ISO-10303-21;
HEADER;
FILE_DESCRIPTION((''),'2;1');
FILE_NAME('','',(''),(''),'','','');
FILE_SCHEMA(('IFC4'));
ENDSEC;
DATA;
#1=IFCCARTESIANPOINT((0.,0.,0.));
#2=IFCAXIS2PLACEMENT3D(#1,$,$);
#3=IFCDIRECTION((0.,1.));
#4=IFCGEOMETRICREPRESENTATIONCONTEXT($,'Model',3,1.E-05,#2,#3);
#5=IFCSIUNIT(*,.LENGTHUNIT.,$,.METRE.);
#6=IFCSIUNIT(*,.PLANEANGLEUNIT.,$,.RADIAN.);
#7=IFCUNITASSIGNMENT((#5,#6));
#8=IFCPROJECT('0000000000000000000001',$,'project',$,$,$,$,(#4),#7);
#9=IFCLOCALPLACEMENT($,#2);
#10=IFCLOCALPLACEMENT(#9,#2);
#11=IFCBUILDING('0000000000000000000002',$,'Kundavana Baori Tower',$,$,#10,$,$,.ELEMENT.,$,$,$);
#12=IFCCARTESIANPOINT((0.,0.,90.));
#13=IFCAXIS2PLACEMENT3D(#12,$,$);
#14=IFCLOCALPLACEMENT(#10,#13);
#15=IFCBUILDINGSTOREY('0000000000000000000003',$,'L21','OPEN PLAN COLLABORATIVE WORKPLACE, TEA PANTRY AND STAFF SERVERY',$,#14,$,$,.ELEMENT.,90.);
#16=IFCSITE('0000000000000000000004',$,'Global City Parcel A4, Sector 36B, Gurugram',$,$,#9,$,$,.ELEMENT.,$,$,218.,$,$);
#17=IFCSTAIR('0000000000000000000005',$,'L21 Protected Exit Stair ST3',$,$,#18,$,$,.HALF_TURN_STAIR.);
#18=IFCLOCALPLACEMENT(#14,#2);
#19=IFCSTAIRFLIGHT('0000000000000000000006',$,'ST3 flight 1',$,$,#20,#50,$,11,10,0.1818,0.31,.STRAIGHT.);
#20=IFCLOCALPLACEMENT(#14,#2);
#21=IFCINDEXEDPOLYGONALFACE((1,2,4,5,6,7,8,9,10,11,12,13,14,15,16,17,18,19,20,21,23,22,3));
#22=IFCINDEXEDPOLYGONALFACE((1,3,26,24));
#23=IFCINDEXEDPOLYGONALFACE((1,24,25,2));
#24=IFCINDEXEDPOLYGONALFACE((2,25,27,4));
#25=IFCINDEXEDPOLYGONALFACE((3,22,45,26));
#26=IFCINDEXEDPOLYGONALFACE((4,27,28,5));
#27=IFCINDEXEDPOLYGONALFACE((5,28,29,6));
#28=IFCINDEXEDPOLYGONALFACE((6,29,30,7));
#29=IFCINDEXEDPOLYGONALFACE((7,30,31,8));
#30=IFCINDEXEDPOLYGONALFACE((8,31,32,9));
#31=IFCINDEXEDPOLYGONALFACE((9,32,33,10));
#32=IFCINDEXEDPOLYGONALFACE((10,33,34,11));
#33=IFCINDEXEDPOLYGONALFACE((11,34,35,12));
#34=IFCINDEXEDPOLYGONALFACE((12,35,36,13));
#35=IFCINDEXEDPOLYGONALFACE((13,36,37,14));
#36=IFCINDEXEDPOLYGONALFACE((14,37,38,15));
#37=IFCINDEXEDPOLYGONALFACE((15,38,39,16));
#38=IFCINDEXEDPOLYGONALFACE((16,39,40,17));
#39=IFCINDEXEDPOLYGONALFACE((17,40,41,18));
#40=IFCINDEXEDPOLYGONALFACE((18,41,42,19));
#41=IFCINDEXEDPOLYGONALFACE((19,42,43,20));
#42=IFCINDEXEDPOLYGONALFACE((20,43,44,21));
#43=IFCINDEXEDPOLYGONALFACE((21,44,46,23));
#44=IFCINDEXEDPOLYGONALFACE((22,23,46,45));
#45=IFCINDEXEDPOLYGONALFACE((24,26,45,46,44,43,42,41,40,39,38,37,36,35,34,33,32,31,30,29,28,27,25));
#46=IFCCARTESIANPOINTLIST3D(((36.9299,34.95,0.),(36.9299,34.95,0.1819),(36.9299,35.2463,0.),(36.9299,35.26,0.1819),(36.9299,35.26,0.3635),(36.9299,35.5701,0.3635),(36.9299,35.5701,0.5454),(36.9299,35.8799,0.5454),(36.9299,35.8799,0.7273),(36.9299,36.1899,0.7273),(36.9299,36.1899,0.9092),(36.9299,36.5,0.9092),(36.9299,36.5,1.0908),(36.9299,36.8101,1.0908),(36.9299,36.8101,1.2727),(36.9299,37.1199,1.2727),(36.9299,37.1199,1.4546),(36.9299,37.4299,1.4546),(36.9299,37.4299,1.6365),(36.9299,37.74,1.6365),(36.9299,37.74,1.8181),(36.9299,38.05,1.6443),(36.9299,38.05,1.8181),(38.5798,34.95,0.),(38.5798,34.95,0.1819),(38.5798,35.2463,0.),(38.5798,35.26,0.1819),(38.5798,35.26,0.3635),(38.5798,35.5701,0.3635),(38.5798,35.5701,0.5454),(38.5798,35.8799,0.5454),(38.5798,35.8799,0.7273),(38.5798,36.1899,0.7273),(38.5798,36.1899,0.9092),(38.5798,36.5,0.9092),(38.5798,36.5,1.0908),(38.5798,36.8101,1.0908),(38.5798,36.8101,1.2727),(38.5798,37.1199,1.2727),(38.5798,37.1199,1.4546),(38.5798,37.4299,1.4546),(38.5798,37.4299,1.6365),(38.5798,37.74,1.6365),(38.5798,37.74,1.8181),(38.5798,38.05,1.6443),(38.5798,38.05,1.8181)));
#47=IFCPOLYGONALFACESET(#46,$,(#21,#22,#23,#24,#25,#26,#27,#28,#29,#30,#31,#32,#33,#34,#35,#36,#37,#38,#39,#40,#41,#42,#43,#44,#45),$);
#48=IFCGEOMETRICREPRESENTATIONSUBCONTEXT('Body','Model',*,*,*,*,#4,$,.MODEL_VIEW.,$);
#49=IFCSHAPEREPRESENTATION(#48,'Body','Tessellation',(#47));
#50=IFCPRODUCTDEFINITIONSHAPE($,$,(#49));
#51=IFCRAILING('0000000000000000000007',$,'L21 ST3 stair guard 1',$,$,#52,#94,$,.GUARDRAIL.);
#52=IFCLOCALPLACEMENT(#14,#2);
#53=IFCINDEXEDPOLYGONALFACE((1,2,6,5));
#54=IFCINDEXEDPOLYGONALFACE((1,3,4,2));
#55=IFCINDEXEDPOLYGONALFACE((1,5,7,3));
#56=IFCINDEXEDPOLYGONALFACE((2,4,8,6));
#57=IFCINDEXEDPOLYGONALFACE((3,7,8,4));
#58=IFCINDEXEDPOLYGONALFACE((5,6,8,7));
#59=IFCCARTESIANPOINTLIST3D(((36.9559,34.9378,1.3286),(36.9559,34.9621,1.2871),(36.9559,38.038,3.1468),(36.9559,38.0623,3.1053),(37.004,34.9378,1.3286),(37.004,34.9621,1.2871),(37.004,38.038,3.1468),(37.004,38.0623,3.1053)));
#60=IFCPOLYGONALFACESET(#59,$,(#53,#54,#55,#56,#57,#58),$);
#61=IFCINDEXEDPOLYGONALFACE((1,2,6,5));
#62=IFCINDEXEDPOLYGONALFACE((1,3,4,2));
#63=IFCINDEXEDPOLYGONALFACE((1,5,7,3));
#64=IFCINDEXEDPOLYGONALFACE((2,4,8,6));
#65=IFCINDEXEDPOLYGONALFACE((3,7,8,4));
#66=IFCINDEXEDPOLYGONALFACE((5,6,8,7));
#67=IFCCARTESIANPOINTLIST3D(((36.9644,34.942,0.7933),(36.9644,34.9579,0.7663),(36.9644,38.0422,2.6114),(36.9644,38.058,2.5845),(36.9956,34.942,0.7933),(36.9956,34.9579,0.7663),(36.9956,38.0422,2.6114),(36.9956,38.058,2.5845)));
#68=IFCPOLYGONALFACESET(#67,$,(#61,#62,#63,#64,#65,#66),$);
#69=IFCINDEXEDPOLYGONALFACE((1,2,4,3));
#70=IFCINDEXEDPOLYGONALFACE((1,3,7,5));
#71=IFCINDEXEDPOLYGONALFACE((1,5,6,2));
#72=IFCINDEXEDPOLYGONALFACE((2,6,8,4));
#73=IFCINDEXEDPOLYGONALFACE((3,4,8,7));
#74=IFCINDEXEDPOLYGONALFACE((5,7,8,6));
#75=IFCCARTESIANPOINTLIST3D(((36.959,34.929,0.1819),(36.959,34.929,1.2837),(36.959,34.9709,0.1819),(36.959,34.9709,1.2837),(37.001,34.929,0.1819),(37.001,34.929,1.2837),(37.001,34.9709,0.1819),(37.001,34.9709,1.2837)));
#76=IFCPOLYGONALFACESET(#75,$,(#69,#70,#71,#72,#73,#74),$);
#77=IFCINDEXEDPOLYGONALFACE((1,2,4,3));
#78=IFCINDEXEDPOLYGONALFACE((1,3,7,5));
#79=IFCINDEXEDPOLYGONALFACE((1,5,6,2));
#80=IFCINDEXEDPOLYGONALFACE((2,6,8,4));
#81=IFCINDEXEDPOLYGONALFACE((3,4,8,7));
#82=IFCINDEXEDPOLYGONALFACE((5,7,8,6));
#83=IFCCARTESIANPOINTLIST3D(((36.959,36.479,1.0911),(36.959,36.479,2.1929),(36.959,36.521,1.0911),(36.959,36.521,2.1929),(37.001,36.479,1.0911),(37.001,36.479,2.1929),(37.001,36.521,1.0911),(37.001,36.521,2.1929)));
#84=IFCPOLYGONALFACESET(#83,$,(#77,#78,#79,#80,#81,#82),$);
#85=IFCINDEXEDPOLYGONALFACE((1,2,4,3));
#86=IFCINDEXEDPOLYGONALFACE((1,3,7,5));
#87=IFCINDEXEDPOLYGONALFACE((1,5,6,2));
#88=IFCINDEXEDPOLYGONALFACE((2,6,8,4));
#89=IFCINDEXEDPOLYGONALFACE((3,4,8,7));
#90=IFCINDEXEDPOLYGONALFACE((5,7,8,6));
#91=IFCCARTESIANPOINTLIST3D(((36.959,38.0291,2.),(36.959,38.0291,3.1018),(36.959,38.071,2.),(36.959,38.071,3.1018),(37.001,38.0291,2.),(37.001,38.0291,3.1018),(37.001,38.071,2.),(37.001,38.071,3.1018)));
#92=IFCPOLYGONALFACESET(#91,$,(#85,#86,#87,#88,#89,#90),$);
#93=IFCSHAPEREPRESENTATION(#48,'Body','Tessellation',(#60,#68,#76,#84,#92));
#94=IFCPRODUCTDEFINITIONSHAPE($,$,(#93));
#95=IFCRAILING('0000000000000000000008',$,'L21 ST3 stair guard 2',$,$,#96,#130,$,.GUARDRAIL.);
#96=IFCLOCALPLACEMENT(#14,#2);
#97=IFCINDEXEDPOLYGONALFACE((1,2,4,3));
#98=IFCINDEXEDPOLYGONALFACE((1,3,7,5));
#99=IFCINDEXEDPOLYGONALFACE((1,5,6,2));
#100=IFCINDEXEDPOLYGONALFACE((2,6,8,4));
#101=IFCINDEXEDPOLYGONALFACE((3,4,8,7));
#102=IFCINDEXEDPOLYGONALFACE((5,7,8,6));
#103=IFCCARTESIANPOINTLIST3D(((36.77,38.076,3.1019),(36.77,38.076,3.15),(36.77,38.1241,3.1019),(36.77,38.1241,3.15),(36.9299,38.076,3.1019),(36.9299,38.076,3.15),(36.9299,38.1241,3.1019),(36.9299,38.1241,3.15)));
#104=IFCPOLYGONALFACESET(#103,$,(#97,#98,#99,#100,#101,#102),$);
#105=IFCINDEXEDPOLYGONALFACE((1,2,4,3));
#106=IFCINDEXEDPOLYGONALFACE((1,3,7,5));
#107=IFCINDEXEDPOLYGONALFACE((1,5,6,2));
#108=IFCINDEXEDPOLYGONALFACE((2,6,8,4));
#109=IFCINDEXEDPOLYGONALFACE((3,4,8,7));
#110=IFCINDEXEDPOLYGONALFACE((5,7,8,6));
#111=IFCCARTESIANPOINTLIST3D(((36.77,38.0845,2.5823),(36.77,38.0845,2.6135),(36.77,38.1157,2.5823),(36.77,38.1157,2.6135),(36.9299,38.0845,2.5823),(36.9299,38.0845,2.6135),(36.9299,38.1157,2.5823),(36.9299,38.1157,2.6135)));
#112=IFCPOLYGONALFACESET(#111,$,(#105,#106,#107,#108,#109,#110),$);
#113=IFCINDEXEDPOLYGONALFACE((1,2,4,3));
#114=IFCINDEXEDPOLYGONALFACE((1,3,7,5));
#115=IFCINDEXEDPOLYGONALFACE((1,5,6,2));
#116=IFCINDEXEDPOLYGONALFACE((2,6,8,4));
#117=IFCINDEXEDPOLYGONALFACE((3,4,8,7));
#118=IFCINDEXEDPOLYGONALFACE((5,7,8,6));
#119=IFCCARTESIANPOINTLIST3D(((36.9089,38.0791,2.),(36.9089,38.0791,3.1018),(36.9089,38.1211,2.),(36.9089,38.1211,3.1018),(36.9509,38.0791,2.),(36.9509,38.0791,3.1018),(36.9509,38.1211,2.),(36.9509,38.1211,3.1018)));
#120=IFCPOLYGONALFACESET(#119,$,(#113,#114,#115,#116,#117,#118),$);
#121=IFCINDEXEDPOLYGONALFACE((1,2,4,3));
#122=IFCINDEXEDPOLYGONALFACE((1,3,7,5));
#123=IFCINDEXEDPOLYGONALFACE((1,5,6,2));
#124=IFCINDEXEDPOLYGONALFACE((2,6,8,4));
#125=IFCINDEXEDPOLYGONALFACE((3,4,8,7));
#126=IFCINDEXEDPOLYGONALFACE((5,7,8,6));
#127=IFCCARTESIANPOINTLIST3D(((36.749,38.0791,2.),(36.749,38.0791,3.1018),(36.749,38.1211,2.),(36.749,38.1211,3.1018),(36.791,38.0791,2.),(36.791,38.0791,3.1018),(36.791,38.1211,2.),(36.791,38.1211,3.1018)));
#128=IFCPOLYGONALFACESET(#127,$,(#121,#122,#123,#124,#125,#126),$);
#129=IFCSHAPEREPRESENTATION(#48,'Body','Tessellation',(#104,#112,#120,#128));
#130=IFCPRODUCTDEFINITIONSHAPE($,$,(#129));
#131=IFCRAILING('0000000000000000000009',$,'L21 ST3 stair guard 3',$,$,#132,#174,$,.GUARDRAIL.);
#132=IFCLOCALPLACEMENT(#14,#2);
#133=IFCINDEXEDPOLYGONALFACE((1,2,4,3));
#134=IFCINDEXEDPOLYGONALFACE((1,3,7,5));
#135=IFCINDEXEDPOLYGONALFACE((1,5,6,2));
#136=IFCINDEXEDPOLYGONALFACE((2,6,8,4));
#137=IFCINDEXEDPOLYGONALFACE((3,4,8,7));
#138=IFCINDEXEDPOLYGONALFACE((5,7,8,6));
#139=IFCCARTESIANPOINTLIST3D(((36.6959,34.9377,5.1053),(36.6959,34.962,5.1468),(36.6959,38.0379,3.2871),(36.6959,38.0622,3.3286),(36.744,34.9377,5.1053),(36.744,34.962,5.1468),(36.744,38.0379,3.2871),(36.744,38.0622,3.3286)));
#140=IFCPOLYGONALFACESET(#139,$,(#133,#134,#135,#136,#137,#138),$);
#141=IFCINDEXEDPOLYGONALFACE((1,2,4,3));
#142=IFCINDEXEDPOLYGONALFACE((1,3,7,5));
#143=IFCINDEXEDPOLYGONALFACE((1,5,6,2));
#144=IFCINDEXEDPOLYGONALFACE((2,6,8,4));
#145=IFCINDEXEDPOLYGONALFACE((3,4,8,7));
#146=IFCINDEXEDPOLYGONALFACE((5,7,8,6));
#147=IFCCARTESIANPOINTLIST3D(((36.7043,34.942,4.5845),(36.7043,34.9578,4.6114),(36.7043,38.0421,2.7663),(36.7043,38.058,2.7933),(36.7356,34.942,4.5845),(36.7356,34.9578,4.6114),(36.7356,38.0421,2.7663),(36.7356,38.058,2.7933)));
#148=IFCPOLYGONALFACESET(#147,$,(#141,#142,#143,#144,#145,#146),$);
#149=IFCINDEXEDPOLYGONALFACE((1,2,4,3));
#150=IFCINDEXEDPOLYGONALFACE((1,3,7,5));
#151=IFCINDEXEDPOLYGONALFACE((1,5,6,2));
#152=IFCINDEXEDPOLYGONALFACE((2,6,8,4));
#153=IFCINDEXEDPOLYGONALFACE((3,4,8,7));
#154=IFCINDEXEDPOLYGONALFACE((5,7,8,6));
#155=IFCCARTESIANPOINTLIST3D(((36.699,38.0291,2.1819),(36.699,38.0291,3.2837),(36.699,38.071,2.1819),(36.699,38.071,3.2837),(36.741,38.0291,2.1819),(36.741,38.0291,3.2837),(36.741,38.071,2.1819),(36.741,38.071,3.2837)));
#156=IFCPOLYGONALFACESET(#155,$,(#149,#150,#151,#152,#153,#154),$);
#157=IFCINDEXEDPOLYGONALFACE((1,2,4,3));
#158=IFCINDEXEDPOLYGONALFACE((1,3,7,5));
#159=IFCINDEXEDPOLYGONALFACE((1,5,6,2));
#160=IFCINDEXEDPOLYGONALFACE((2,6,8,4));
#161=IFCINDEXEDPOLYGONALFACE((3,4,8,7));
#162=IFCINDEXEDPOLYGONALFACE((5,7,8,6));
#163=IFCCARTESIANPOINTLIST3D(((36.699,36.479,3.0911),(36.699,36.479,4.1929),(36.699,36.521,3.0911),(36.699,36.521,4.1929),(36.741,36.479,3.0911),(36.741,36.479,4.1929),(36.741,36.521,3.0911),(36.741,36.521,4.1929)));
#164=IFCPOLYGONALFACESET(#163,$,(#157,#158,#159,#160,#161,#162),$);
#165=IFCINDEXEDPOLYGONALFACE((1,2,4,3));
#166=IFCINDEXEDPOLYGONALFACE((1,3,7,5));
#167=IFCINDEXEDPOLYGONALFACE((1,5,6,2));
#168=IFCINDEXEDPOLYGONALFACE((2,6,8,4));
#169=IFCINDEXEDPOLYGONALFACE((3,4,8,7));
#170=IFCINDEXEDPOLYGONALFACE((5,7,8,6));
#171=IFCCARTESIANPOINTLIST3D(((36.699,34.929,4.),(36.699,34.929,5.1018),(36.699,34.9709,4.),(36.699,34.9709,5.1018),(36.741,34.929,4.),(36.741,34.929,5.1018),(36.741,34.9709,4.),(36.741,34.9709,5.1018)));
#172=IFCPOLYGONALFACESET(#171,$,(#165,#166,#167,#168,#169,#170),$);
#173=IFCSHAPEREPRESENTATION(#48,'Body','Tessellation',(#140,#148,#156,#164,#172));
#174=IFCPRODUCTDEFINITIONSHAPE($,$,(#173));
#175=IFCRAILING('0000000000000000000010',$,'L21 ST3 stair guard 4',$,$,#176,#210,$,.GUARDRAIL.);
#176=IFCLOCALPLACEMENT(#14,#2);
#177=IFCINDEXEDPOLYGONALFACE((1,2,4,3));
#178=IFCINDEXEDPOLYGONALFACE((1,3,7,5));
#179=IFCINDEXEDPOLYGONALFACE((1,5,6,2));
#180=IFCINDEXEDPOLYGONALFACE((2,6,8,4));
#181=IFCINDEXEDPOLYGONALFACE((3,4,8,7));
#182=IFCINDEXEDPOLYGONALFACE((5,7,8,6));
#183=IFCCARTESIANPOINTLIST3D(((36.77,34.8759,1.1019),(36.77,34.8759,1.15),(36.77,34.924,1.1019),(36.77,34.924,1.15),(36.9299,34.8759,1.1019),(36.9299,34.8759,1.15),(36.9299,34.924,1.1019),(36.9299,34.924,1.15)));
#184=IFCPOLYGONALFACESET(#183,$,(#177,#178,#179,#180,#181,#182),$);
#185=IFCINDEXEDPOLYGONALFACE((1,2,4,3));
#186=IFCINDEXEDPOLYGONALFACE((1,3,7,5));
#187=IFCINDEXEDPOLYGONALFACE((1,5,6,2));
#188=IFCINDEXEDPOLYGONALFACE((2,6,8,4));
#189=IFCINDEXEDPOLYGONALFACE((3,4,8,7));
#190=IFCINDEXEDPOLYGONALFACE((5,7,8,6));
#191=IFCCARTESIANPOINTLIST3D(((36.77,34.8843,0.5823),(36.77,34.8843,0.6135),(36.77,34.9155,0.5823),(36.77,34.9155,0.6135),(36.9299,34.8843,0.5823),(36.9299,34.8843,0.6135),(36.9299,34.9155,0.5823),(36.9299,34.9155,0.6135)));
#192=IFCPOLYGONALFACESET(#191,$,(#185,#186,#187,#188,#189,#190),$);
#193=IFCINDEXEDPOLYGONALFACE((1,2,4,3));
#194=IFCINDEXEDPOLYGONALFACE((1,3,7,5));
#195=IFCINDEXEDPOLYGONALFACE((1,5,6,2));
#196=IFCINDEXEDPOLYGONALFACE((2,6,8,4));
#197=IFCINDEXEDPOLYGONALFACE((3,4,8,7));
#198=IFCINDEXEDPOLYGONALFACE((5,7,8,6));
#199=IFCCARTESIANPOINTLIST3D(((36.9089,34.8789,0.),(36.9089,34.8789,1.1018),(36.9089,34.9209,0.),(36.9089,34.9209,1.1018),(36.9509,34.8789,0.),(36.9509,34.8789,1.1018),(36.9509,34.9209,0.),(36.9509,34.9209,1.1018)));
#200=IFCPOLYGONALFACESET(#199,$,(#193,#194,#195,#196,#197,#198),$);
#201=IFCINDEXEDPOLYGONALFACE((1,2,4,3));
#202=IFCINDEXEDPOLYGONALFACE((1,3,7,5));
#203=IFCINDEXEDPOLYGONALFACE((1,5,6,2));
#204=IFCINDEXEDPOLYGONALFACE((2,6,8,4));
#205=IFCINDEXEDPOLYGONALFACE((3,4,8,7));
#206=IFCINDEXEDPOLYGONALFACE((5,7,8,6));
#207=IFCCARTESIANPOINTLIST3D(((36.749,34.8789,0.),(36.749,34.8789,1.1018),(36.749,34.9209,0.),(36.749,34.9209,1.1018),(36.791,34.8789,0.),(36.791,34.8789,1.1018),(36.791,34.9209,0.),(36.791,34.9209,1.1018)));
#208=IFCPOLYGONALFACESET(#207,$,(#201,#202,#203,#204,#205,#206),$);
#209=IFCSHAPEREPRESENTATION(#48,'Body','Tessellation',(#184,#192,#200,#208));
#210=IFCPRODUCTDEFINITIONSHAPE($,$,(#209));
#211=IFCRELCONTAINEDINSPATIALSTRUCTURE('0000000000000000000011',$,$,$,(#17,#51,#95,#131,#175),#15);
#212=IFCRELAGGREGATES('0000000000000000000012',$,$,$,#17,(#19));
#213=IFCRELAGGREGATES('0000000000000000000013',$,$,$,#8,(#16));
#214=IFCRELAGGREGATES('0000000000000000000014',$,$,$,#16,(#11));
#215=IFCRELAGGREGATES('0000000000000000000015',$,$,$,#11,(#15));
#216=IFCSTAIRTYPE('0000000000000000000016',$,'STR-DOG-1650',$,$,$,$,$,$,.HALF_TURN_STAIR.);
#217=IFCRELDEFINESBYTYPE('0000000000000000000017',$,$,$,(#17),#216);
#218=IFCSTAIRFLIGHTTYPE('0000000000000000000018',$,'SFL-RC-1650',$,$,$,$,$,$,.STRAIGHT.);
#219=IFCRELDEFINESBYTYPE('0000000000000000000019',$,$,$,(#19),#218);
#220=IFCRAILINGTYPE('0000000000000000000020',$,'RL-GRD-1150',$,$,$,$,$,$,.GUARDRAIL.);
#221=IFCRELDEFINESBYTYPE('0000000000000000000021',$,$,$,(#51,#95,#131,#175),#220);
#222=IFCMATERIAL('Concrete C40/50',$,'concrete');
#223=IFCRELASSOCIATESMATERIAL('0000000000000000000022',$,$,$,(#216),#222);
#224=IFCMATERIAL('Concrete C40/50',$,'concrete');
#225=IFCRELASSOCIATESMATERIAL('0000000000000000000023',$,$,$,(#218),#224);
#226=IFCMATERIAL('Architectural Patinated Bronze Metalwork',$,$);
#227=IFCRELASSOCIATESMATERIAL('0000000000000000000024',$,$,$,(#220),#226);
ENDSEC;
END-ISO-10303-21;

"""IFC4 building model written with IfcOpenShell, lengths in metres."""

from ifc_helpers import new_model, si_unit, direction, frame, origin, origin_2d, place, context, subcontext, project, spatial, polyline, rectangle, outline, extrude, material, type_object, element, aggregate, save


model = new_model("IFC4")

# Units and contexts
model_context = context("Model", 3, precision=1e-05, world=origin(), true_north=direction((0.0, 1.0)))
body_context = subcontext(model_context, "Body", "Model", "MODEL_VIEW")
ifc_project = project(units=[si_unit("LENGTHUNIT", "METRE"), si_unit("PLANEANGLEUNIT", "RADIAN")], contexts=[model_context])

# Site, building, storey
site_placement = place(None, origin())
site = spatial("IfcSite", under=ifc_project, at=site_placement, Name="Global City Parcel A4, Sector 36B, Gurugram", CompositionType="ELEMENT", RefElevation=218.0)
building_placement = place(site_placement, origin())
building = spatial("IfcBuilding", under=site, at=building_placement, Name="Kundavana Baori Tower", CompositionType="ELEMENT")
storey_placement = place(building_placement, frame((0.0, 0.0, 90.0)))
storey = spatial("IfcBuildingStorey", under=building, at=storey_placement, Name="L21", Description="OPEN PLAN COLLABORATIVE WORKPLACE, TEA PANTRY AND STAFF SERVERY", CompositionType="ELEMENT", Elevation=90.0)

# Stair, stair flight
ifc_material_1 = material(Name="Concrete C40/50", Category="concrete")
stair_type = type_object("IfcStairType", Name="STR-DOG-1650", PredefinedType="HALF_TURN_STAIR", material=ifc_material_1)
stair_placement = place(storey_placement, origin())
stair = element("IfcStair", 1, at=stair_placement, inside=storey, type_object=stair_type, Name="L21 Protected Exit Stair ST3", PredefinedType="HALF_TURN_STAIR")
ifc_material_2 = material(Name="Concrete C40/50", Category="concrete")
stair_flight_type = type_object("IfcStairFlightType", Name="SFL-RC-1650", PredefinedType="STRAIGHT", material=ifc_material_2)
stair_flight_placement = place(storey_placement, frame((37.7549, 34.95, 0.0), z_axis=(0.0, 0.0, 1.0), x_axis=(0.0, 1.0, 0.0)))
stair_flight = element("IfcStairFlight", 2, at=stair_flight_placement, type_object=stair_flight_type, Name="ST3 flight 1", NumberOfRisers=11, NumberOfTreads=10, PredefinedType="STRAIGHT", RiserHeight=0.1818, TreadLength=0.31, context=body_context, shape_type="SweptSolid", body=[
    extrude(outline(polyline([(0.0, 0.0), (0.0, 0.1819), (0.3101, 0.1819), (0.3101, 0.3635), (0.6201, 0.3635), (0.6201, 0.5454), (0.9299, 0.5454), (0.9299, 0.7273), (1.24, 0.7273), (1.24, 0.9092), (1.55, 0.9092), (1.55, 1.0908), (1.8601, 1.0908), (1.8601, 1.2727), (2.1699, 1.2727), (2.1699, 1.4546), (2.48, 1.4546), (2.48, 1.6365), (2.79, 1.6365), (2.79, 1.8181), (3.1001, 1.8181), (3.1001, 2.0), (3.1001, 1.6443), (0.2964, 0.0), (0.0, 0.0)])), frame((0.0, 0.825, 0.0), z_axis=(0.0, -1.0, 0.0), x_axis=(1.0, 0.0, 0.0)), (0.0, 0.0, 1.0), 1.6499),
])
aggregate(stair, [stair_flight])

# Railings
ifc_material_3 = material(Name="Architectural Patinated Bronze Metalwork")
railing_type_1 = type_object("IfcRailingType", Name="RL-GRD-1150", PredefinedType="GUARDRAIL", material=ifc_material_3)
railing_1_placement = place(storey_placement, frame((36.98, 34.95, 0.1819)))
element("IfcRailing", 3, at=railing_1_placement, inside=storey, type_object=railing_type_1, Name="L21 ST3 stair guard 1", PredefinedType="GUARDRAIL", context=body_context, shape_type="SweptSolid", body=[
    extrude(rectangle(XDim=0.0481, YDim=0.0481, at=origin_2d()), frame((0.0, 0.0, 1.126), z_axis=(0.0, 0.862599, 0.505889), x_axis=(-1.0, 0.0, 0.0)), (0.0, 0.0, 1.0), 3.594),
    extrude(rectangle(XDim=0.0312, YDim=0.0312, at=origin_2d()), frame((0.0, 0.0, 0.5979), z_axis=(0.0, 0.862599, 0.505889), x_axis=(-1.0, 0.0, 0.0)), (0.0, 0.0, 1.0), 3.594),
    extrude(rectangle(XDim=0.042, YDim=0.042, at=origin_2d()), origin(), (0.0, 0.0, 1.0), 1.1018),
    extrude(rectangle(XDim=0.042, YDim=0.042, at=origin_2d()), frame((0.0, 1.55, 0.9092)), (0.0, 0.0, 1.0), 1.1018),
    extrude(rectangle(XDim=0.042, YDim=0.042, at=origin_2d()), frame((0.0, 3.1001, 1.8181)), (0.0, 0.0, 1.0), 1.1018),
])
railing_2_placement = place(storey_placement, frame((36.9299, 38.1001, 2.0)))
element("IfcRailing", 4, at=railing_2_placement, inside=storey, type_object=railing_type_1, Name="L21 ST3 stair guard 2", PredefinedType="GUARDRAIL", context=body_context, shape_type="SweptSolid", body=[
    extrude(rectangle(XDim=0.0481, YDim=0.0481, at=origin_2d()), frame((0.0, 0.0, 1.126), z_axis=(-1.0, 0.0, 0.0), x_axis=(0.0, -1.0, 0.0)), (0.0, 0.0, 1.0), 0.1599),
    extrude(rectangle(XDim=0.0312, YDim=0.0312, at=origin_2d()), frame((0.0, 0.0, 0.5979), z_axis=(-1.0, 0.0, 0.0), x_axis=(0.0, -1.0, 0.0)), (0.0, 0.0, 1.0), 0.1599),
    extrude(rectangle(XDim=0.042, YDim=0.042, at=origin_2d()), origin(), (0.0, 0.0, 1.0), 1.1018),
    extrude(rectangle(XDim=0.042, YDim=0.042, at=origin_2d()), frame((-0.1599, 0.0, 0.0)), (0.0, 0.0, 1.0), 1.1018),
])
railing_3_placement = place(storey_placement, frame((36.72, 38.05, 2.1819)))
element("IfcRailing", 5, at=railing_3_placement, inside=storey, type_object=railing_type_1, Name="L21 ST3 stair guard 3", PredefinedType="GUARDRAIL", context=body_context, shape_type="SweptSolid", body=[
    extrude(rectangle(XDim=0.0481, YDim=0.0481, at=origin_2d()), frame((0.0, 0.0, 1.126), z_axis=(0.0, -0.862599, 0.505889), x_axis=(1.0, 0.0, 0.0)), (0.0, 0.0, 1.0), 3.594),
    extrude(rectangle(XDim=0.0312, YDim=0.0312, at=origin_2d()), frame((0.0, 0.0, 0.5979), z_axis=(0.0, -0.862599, 0.505889), x_axis=(1.0, 0.0, 0.0)), (0.0, 0.0, 1.0), 3.594),
    extrude(rectangle(XDim=0.042, YDim=0.042, at=origin_2d()), origin(), (0.0, 0.0, 1.0), 1.1018),
    extrude(rectangle(XDim=0.042, YDim=0.042, at=origin_2d()), frame((0.0, -1.55, 0.9092)), (0.0, 0.0, 1.0), 1.1018),
    extrude(rectangle(XDim=0.042, YDim=0.042, at=origin_2d()), frame((0.0, -3.1001, 1.8181)), (0.0, 0.0, 1.0), 1.1018),
])
railing_4_placement = place(storey_placement, frame((36.9299, 34.8999, 0.0)))
element("IfcRailing", 6, at=railing_4_placement, inside=storey, type_object=railing_type_1, Name="L21 ST3 stair guard 4", PredefinedType="GUARDRAIL", context=body_context, shape_type="SweptSolid", body=[
    extrude(rectangle(XDim=0.0481, YDim=0.0481, at=origin_2d()), frame((0.0, 0.0, 1.126), z_axis=(-1.0, 0.0, 0.0), x_axis=(0.0, -1.0, 0.0)), (0.0, 0.0, 1.0), 0.1599),
    extrude(rectangle(XDim=0.0312, YDim=0.0312, at=origin_2d()), frame((0.0, 0.0, 0.5979), z_axis=(-1.0, 0.0, 0.0), x_axis=(0.0, -1.0, 0.0)), (0.0, 0.0, 1.0), 0.1599),
    extrude(rectangle(XDim=0.042, YDim=0.042, at=origin_2d()), origin(), (0.0, 0.0, 1.0), 1.1018),
    extrude(rectangle(XDim=0.042, YDim=0.042, at=origin_2d()), frame((-0.1599, 0.0, 0.0)), (0.0, 0.0, 1.0), 1.1018),
])

save(model, "model.ifc")
